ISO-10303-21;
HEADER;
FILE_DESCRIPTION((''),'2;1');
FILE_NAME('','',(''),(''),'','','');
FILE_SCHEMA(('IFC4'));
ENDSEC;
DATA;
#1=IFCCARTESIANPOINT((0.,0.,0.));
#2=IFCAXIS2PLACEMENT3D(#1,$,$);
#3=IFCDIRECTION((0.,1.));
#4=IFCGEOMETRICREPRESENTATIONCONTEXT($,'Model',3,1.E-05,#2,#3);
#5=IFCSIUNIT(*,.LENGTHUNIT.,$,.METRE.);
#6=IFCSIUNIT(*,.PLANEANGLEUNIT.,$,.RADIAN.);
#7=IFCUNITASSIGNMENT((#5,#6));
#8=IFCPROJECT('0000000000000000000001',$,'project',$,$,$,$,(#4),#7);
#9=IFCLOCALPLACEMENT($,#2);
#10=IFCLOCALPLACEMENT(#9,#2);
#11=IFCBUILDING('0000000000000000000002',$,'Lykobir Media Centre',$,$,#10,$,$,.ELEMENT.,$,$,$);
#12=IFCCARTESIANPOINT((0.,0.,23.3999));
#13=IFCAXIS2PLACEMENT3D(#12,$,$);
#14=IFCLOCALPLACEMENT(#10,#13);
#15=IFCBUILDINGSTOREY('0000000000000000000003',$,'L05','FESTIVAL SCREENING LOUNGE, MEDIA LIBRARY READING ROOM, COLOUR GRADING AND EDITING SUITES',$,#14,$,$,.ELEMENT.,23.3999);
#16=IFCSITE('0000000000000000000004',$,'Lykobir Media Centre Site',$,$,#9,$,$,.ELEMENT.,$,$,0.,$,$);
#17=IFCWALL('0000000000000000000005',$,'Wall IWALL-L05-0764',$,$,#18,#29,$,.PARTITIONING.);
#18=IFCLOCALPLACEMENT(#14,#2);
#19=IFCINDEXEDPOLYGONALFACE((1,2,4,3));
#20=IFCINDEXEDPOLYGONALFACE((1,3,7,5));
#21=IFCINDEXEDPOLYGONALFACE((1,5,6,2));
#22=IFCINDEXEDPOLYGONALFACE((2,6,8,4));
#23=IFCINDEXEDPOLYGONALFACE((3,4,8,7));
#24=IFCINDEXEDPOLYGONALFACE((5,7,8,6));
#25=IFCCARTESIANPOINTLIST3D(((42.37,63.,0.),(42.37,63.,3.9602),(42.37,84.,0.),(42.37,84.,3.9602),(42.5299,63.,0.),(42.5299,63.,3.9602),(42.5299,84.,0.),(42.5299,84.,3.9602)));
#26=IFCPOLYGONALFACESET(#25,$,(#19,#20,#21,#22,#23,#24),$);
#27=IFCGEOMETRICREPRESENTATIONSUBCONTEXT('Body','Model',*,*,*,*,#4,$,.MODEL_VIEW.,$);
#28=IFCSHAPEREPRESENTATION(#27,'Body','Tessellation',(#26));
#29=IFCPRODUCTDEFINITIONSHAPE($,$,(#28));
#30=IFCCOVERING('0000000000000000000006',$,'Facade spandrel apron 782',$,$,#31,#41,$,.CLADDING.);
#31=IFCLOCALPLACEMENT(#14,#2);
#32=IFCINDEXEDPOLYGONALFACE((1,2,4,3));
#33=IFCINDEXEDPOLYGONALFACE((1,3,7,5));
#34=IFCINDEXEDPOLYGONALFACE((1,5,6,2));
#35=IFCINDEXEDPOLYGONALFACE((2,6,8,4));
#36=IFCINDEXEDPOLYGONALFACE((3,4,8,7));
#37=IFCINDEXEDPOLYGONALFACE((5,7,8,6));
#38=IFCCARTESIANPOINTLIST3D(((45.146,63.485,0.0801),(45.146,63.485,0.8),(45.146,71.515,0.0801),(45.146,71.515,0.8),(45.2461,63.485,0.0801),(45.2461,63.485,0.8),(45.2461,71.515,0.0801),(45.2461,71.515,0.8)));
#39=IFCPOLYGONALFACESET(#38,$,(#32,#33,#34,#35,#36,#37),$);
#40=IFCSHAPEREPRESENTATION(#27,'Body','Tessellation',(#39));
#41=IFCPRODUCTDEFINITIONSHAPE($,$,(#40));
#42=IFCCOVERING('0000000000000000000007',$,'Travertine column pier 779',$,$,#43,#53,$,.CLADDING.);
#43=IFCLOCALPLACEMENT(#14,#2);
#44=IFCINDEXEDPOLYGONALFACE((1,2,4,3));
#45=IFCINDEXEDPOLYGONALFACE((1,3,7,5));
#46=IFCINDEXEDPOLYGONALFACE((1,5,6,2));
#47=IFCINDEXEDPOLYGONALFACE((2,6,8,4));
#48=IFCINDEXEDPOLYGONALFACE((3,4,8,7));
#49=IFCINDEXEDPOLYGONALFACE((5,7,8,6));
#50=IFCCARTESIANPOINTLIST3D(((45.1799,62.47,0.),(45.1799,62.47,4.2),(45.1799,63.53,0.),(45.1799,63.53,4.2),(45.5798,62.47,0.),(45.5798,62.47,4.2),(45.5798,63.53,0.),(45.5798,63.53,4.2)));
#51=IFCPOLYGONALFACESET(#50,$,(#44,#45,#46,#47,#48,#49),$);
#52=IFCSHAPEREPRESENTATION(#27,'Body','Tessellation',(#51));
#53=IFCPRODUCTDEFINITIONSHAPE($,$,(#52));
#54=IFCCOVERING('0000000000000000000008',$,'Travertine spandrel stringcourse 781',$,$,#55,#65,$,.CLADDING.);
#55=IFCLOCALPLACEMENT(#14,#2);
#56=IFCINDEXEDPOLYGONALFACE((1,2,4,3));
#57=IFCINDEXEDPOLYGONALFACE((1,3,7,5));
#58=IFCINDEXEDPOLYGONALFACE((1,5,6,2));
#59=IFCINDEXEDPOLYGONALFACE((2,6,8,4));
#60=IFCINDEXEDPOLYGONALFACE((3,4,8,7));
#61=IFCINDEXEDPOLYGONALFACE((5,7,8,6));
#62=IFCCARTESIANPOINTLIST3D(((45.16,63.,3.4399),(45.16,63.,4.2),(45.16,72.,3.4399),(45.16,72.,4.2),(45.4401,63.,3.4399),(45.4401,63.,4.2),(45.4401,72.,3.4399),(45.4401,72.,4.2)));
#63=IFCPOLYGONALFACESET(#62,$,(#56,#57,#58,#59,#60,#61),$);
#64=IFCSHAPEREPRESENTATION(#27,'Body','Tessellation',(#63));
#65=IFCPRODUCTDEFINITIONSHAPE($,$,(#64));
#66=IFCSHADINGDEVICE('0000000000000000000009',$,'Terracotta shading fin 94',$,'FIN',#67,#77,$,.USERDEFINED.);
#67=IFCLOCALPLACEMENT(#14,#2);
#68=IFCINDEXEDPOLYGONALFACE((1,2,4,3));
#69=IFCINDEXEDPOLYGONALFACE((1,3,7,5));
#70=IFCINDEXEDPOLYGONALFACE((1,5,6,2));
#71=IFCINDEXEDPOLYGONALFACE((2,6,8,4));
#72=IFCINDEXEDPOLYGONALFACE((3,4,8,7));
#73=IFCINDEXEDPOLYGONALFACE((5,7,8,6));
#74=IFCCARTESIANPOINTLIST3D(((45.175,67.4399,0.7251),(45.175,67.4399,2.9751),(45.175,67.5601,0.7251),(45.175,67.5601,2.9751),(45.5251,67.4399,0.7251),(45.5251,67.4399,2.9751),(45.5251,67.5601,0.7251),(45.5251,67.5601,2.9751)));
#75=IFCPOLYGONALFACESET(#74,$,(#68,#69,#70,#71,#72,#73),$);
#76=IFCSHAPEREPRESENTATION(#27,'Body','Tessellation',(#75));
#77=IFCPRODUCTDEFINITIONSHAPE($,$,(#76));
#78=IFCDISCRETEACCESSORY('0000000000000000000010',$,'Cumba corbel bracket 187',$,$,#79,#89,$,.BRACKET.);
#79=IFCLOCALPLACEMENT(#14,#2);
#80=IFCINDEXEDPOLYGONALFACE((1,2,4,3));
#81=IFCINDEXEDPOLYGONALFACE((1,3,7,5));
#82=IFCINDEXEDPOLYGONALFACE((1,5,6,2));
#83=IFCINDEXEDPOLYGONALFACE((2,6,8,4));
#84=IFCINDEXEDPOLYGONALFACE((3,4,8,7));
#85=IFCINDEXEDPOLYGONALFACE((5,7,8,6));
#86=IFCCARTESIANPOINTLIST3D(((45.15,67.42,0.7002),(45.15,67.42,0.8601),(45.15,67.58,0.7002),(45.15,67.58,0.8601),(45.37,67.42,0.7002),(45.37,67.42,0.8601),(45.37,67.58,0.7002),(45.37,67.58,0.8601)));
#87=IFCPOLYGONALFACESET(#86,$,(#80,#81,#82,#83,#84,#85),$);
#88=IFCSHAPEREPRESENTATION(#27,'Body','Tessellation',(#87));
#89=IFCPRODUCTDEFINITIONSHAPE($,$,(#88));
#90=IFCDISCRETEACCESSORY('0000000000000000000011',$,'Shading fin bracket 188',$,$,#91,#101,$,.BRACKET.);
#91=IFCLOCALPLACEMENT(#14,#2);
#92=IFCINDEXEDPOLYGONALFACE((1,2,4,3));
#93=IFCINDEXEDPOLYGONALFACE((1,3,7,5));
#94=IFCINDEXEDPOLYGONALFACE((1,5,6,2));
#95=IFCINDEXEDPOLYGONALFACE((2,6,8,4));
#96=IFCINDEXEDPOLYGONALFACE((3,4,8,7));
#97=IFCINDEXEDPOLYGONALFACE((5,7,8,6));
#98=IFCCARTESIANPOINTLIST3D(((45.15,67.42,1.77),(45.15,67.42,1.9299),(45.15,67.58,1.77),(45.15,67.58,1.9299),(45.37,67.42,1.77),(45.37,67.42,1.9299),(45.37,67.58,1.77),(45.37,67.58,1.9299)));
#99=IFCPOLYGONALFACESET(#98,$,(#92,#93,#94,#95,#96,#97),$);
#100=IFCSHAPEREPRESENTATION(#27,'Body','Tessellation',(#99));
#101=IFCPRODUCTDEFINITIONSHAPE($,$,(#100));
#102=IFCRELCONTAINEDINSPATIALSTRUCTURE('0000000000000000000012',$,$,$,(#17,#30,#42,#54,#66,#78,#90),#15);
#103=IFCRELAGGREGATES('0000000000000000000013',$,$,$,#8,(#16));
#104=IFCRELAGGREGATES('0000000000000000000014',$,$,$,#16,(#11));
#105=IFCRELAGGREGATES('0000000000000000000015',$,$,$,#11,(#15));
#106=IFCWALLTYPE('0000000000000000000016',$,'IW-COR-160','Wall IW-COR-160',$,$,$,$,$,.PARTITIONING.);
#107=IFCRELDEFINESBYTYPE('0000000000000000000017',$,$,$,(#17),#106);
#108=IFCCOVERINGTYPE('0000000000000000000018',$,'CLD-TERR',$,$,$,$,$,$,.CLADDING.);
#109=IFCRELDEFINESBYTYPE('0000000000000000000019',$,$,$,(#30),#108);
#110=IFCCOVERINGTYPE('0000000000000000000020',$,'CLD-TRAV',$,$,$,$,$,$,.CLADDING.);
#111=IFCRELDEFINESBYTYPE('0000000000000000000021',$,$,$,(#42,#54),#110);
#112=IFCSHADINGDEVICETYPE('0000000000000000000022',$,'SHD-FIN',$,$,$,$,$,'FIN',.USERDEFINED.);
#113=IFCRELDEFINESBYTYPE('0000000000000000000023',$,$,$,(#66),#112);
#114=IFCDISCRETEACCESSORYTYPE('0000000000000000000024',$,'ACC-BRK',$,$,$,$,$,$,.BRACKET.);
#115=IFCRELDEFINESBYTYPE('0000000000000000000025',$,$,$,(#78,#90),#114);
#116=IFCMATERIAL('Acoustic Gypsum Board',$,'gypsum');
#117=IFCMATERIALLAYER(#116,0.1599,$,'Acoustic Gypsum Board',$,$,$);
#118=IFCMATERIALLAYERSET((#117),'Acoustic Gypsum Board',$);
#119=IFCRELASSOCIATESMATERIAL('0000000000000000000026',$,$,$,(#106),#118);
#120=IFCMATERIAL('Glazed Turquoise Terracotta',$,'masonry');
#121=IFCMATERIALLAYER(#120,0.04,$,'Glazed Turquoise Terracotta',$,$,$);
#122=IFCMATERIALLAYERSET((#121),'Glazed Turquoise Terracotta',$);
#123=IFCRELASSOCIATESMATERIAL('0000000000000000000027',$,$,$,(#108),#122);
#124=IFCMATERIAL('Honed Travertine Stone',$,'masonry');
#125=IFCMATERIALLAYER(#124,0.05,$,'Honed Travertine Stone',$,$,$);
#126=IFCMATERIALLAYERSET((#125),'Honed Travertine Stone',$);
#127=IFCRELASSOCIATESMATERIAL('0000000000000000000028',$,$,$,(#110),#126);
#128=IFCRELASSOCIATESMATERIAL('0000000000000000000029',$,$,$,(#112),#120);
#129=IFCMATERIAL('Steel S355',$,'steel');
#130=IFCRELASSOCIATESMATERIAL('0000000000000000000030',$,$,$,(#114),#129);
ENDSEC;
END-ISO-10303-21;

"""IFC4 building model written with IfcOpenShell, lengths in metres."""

from ifc_helpers import new_model, si_unit, direction, frame, frame_2d, origin, origin_2d, place, context, subcontext, project, spatial, rectangle, extrude, material, layer, layer_set, type_object, element, save


model = new_model("IFC4")

# Units and contexts
model_context = context("Model", 3, precision=1e-05, world=origin(), true_north=direction((0.0, 1.0)))
body_context = subcontext(model_context, "Body", "Model", "MODEL_VIEW")
ifc_project = project(units=[si_unit("LENGTHUNIT", "METRE"), si_unit("PLANEANGLEUNIT", "RADIAN")], contexts=[model_context])

# Site, building, storey
site_placement = place(None, origin())
site = spatial("IfcSite", under=ifc_project, at=site_placement, Name="Lykobir Media Centre Site", CompositionType="ELEMENT", RefElevation=0.0)
building_placement = place(site_placement, origin())
building = spatial("IfcBuilding", under=site, at=building_placement, Name="Lykobir Media Centre", CompositionType="ELEMENT")
storey_placement = place(building_placement, frame((0.0, 0.0, 23.3999)))
storey = spatial("IfcBuildingStorey", under=building, at=storey_placement, Name="L05", Description="FESTIVAL SCREENING LOUNGE, MEDIA LIBRARY READING ROOM, COLOUR GRADING AND EDITING SUITES", CompositionType="ELEMENT", Elevation=23.3999)

# Shared definitions
ifc_material_1 = material(Name="Steel S355", Category="steel")

# Wall
ifc_material_2 = material(Name="Acoustic Gypsum Board", Category="gypsum")
ifc_layer_1 = layer(ifc_material_2, 0.1599, Name="Acoustic Gypsum Board")
ifc_layer_set_1 = layer_set([ifc_layer_1], Name="Acoustic Gypsum Board")
wall_type_1 = type_object("IfcWallType", Name="IW-COR-160", Description="Wall IW-COR-160", PredefinedType="PARTITIONING", material=ifc_layer_set_1)
wall_1_placement = place(storey_placement, frame((42.45, 63.0, 0.0), z_axis=(0.0, 0.0, 1.0), x_axis=(0.0, 1.0, 0.0)))
element("IfcWall", 1, at=wall_1_placement, inside=storey, type_object=wall_type_1, Name="Wall IWALL-L05-0764", PredefinedType="PARTITIONING", context=body_context, shape_type="SweptSolid", body=[
    extrude(rectangle(XDim=21.0, YDim=0.1599, at=frame_2d((10.5, 0.0))), origin(), (0.0, 0.0, 1.0), 3.9602),
])

# Coverings
ifc_material_3 = material(Name="Glazed Turquoise Terracotta", Category="masonry")
ifc_layer_2 = layer(ifc_material_3, 0.04, Name="Glazed Turquoise Terracotta")
ifc_layer_set_2 = layer_set([ifc_layer_2], Name="Glazed Turquoise Terracotta")
covering_type_1 = type_object("IfcCoveringType", Name="CLD-TERR", PredefinedType="CLADDING", material=ifc_layer_set_2)
covering_1_placement = place(storey_placement, frame((45.196, 67.5, 0.0801), z_axis=(0.0, 0.0, 1.0), x_axis=(0.0, 1.0, 0.0)))
element("IfcCovering", 2, at=covering_1_placement, inside=storey, type_object=covering_type_1, Name="Facade spandrel apron 782", PredefinedType="CLADDING", context=body_context, shape_type="SweptSolid", body=[
    extrude(rectangle(XDim=8.03, YDim=0.1001, at=origin_2d()), origin(), (0.0, 0.0, 1.0), 0.72),
])
ifc_material_4 = material(Name="Honed Travertine Stone", Category="masonry")
ifc_layer_3 = layer(ifc_material_4, 0.05, Name="Honed Travertine Stone")
ifc_layer_set_3 = layer_set([ifc_layer_3], Name="Honed Travertine Stone")
covering_type_2 = type_object("IfcCoveringType", Name="CLD-TRAV", PredefinedType="CLADDING", material=ifc_layer_set_3)
covering_2_placement = place(storey_placement, frame((45.3799, 63.0, 0.0), z_axis=(0.0, 0.0, 1.0), x_axis=(0.0, 1.0, 0.0)))
element("IfcCovering", 3, at=covering_2_placement, inside=storey, type_object=covering_type_2, Name="Travertine column pier 779", PredefinedType="CLADDING", context=body_context, shape_type="SweptSolid", body=[
    extrude(rectangle(XDim=1.0601, YDim=0.3999, at=origin_2d()), origin(), (0.0, 0.0, 1.0), 4.2),
])
covering_3_placement = place(storey_placement, frame((45.3, 67.5, 3.4399), z_axis=(0.0, 0.0, 1.0), x_axis=(0.0, 1.0, 0.0)))
element("IfcCovering", 4, at=covering_3_placement, inside=storey, type_object=covering_type_2, Name="Travertine spandrel stringcourse 781", PredefinedType="CLADDING", context=body_context, shape_type="SweptSolid", body=[
    extrude(rectangle(XDim=9.0, YDim=0.28, at=origin_2d()), origin(), (0.0, 0.0, 1.0), 0.76),
])

# Shading device
shading_device_type = type_object("IfcShadingDeviceType", Name="SHD-FIN", ElementType="FIN", PredefinedType="USERDEFINED", material=ifc_material_3)
shading_device_placement = place(storey_placement, frame((45.3501, 67.5, 0.7251), z_axis=(0.0, 0.0, 1.0), x_axis=(0.0, 1.0, 0.0)))
element("IfcShadingDevice", 5, at=shading_device_placement, inside=storey, type_object=shading_device_type, Name="Terracotta shading fin 94", ObjectType="FIN", PredefinedType="USERDEFINED", context=body_context, shape_type="SweptSolid", body=[
    extrude(rectangle(XDim=0.1201, YDim=0.3501, at=origin_2d()), origin(), (0.0, 0.0, 1.0), 2.25),
])

# Discrete accessories
discrete_accessory_type = type_object("IfcDiscreteAccessoryType", Name="ACC-BRK", PredefinedType="BRACKET", material=ifc_material_1)
for number, where, z_axis, x_axis, name in (
    (6, (45.26, 67.5, 0.7002), (0.0, 0.0, 1.0), (0.0, 1.0, 0.0), "Cumba corbel bracket 187"),
    (7, (45.26, 67.5, 1.77), (0.0, 0.0, 1.0), (0.0, 1.0, 0.0), "Shading fin bracket 188"),
):
    element("IfcDiscreteAccessory", number, at=place(storey_placement, frame(where, z_axis=z_axis, x_axis=x_axis)), inside=storey, type_object=discrete_accessory_type, Name=name, PredefinedType="BRACKET", context=body_context, shape_type="SweptSolid", body=[
        extrude(rectangle(XDim=0.1599, YDim=0.22, at=origin_2d()), origin(), (0.0, 0.0, 1.0), 0.1599),
    ])

save(model, "model.ifc")
